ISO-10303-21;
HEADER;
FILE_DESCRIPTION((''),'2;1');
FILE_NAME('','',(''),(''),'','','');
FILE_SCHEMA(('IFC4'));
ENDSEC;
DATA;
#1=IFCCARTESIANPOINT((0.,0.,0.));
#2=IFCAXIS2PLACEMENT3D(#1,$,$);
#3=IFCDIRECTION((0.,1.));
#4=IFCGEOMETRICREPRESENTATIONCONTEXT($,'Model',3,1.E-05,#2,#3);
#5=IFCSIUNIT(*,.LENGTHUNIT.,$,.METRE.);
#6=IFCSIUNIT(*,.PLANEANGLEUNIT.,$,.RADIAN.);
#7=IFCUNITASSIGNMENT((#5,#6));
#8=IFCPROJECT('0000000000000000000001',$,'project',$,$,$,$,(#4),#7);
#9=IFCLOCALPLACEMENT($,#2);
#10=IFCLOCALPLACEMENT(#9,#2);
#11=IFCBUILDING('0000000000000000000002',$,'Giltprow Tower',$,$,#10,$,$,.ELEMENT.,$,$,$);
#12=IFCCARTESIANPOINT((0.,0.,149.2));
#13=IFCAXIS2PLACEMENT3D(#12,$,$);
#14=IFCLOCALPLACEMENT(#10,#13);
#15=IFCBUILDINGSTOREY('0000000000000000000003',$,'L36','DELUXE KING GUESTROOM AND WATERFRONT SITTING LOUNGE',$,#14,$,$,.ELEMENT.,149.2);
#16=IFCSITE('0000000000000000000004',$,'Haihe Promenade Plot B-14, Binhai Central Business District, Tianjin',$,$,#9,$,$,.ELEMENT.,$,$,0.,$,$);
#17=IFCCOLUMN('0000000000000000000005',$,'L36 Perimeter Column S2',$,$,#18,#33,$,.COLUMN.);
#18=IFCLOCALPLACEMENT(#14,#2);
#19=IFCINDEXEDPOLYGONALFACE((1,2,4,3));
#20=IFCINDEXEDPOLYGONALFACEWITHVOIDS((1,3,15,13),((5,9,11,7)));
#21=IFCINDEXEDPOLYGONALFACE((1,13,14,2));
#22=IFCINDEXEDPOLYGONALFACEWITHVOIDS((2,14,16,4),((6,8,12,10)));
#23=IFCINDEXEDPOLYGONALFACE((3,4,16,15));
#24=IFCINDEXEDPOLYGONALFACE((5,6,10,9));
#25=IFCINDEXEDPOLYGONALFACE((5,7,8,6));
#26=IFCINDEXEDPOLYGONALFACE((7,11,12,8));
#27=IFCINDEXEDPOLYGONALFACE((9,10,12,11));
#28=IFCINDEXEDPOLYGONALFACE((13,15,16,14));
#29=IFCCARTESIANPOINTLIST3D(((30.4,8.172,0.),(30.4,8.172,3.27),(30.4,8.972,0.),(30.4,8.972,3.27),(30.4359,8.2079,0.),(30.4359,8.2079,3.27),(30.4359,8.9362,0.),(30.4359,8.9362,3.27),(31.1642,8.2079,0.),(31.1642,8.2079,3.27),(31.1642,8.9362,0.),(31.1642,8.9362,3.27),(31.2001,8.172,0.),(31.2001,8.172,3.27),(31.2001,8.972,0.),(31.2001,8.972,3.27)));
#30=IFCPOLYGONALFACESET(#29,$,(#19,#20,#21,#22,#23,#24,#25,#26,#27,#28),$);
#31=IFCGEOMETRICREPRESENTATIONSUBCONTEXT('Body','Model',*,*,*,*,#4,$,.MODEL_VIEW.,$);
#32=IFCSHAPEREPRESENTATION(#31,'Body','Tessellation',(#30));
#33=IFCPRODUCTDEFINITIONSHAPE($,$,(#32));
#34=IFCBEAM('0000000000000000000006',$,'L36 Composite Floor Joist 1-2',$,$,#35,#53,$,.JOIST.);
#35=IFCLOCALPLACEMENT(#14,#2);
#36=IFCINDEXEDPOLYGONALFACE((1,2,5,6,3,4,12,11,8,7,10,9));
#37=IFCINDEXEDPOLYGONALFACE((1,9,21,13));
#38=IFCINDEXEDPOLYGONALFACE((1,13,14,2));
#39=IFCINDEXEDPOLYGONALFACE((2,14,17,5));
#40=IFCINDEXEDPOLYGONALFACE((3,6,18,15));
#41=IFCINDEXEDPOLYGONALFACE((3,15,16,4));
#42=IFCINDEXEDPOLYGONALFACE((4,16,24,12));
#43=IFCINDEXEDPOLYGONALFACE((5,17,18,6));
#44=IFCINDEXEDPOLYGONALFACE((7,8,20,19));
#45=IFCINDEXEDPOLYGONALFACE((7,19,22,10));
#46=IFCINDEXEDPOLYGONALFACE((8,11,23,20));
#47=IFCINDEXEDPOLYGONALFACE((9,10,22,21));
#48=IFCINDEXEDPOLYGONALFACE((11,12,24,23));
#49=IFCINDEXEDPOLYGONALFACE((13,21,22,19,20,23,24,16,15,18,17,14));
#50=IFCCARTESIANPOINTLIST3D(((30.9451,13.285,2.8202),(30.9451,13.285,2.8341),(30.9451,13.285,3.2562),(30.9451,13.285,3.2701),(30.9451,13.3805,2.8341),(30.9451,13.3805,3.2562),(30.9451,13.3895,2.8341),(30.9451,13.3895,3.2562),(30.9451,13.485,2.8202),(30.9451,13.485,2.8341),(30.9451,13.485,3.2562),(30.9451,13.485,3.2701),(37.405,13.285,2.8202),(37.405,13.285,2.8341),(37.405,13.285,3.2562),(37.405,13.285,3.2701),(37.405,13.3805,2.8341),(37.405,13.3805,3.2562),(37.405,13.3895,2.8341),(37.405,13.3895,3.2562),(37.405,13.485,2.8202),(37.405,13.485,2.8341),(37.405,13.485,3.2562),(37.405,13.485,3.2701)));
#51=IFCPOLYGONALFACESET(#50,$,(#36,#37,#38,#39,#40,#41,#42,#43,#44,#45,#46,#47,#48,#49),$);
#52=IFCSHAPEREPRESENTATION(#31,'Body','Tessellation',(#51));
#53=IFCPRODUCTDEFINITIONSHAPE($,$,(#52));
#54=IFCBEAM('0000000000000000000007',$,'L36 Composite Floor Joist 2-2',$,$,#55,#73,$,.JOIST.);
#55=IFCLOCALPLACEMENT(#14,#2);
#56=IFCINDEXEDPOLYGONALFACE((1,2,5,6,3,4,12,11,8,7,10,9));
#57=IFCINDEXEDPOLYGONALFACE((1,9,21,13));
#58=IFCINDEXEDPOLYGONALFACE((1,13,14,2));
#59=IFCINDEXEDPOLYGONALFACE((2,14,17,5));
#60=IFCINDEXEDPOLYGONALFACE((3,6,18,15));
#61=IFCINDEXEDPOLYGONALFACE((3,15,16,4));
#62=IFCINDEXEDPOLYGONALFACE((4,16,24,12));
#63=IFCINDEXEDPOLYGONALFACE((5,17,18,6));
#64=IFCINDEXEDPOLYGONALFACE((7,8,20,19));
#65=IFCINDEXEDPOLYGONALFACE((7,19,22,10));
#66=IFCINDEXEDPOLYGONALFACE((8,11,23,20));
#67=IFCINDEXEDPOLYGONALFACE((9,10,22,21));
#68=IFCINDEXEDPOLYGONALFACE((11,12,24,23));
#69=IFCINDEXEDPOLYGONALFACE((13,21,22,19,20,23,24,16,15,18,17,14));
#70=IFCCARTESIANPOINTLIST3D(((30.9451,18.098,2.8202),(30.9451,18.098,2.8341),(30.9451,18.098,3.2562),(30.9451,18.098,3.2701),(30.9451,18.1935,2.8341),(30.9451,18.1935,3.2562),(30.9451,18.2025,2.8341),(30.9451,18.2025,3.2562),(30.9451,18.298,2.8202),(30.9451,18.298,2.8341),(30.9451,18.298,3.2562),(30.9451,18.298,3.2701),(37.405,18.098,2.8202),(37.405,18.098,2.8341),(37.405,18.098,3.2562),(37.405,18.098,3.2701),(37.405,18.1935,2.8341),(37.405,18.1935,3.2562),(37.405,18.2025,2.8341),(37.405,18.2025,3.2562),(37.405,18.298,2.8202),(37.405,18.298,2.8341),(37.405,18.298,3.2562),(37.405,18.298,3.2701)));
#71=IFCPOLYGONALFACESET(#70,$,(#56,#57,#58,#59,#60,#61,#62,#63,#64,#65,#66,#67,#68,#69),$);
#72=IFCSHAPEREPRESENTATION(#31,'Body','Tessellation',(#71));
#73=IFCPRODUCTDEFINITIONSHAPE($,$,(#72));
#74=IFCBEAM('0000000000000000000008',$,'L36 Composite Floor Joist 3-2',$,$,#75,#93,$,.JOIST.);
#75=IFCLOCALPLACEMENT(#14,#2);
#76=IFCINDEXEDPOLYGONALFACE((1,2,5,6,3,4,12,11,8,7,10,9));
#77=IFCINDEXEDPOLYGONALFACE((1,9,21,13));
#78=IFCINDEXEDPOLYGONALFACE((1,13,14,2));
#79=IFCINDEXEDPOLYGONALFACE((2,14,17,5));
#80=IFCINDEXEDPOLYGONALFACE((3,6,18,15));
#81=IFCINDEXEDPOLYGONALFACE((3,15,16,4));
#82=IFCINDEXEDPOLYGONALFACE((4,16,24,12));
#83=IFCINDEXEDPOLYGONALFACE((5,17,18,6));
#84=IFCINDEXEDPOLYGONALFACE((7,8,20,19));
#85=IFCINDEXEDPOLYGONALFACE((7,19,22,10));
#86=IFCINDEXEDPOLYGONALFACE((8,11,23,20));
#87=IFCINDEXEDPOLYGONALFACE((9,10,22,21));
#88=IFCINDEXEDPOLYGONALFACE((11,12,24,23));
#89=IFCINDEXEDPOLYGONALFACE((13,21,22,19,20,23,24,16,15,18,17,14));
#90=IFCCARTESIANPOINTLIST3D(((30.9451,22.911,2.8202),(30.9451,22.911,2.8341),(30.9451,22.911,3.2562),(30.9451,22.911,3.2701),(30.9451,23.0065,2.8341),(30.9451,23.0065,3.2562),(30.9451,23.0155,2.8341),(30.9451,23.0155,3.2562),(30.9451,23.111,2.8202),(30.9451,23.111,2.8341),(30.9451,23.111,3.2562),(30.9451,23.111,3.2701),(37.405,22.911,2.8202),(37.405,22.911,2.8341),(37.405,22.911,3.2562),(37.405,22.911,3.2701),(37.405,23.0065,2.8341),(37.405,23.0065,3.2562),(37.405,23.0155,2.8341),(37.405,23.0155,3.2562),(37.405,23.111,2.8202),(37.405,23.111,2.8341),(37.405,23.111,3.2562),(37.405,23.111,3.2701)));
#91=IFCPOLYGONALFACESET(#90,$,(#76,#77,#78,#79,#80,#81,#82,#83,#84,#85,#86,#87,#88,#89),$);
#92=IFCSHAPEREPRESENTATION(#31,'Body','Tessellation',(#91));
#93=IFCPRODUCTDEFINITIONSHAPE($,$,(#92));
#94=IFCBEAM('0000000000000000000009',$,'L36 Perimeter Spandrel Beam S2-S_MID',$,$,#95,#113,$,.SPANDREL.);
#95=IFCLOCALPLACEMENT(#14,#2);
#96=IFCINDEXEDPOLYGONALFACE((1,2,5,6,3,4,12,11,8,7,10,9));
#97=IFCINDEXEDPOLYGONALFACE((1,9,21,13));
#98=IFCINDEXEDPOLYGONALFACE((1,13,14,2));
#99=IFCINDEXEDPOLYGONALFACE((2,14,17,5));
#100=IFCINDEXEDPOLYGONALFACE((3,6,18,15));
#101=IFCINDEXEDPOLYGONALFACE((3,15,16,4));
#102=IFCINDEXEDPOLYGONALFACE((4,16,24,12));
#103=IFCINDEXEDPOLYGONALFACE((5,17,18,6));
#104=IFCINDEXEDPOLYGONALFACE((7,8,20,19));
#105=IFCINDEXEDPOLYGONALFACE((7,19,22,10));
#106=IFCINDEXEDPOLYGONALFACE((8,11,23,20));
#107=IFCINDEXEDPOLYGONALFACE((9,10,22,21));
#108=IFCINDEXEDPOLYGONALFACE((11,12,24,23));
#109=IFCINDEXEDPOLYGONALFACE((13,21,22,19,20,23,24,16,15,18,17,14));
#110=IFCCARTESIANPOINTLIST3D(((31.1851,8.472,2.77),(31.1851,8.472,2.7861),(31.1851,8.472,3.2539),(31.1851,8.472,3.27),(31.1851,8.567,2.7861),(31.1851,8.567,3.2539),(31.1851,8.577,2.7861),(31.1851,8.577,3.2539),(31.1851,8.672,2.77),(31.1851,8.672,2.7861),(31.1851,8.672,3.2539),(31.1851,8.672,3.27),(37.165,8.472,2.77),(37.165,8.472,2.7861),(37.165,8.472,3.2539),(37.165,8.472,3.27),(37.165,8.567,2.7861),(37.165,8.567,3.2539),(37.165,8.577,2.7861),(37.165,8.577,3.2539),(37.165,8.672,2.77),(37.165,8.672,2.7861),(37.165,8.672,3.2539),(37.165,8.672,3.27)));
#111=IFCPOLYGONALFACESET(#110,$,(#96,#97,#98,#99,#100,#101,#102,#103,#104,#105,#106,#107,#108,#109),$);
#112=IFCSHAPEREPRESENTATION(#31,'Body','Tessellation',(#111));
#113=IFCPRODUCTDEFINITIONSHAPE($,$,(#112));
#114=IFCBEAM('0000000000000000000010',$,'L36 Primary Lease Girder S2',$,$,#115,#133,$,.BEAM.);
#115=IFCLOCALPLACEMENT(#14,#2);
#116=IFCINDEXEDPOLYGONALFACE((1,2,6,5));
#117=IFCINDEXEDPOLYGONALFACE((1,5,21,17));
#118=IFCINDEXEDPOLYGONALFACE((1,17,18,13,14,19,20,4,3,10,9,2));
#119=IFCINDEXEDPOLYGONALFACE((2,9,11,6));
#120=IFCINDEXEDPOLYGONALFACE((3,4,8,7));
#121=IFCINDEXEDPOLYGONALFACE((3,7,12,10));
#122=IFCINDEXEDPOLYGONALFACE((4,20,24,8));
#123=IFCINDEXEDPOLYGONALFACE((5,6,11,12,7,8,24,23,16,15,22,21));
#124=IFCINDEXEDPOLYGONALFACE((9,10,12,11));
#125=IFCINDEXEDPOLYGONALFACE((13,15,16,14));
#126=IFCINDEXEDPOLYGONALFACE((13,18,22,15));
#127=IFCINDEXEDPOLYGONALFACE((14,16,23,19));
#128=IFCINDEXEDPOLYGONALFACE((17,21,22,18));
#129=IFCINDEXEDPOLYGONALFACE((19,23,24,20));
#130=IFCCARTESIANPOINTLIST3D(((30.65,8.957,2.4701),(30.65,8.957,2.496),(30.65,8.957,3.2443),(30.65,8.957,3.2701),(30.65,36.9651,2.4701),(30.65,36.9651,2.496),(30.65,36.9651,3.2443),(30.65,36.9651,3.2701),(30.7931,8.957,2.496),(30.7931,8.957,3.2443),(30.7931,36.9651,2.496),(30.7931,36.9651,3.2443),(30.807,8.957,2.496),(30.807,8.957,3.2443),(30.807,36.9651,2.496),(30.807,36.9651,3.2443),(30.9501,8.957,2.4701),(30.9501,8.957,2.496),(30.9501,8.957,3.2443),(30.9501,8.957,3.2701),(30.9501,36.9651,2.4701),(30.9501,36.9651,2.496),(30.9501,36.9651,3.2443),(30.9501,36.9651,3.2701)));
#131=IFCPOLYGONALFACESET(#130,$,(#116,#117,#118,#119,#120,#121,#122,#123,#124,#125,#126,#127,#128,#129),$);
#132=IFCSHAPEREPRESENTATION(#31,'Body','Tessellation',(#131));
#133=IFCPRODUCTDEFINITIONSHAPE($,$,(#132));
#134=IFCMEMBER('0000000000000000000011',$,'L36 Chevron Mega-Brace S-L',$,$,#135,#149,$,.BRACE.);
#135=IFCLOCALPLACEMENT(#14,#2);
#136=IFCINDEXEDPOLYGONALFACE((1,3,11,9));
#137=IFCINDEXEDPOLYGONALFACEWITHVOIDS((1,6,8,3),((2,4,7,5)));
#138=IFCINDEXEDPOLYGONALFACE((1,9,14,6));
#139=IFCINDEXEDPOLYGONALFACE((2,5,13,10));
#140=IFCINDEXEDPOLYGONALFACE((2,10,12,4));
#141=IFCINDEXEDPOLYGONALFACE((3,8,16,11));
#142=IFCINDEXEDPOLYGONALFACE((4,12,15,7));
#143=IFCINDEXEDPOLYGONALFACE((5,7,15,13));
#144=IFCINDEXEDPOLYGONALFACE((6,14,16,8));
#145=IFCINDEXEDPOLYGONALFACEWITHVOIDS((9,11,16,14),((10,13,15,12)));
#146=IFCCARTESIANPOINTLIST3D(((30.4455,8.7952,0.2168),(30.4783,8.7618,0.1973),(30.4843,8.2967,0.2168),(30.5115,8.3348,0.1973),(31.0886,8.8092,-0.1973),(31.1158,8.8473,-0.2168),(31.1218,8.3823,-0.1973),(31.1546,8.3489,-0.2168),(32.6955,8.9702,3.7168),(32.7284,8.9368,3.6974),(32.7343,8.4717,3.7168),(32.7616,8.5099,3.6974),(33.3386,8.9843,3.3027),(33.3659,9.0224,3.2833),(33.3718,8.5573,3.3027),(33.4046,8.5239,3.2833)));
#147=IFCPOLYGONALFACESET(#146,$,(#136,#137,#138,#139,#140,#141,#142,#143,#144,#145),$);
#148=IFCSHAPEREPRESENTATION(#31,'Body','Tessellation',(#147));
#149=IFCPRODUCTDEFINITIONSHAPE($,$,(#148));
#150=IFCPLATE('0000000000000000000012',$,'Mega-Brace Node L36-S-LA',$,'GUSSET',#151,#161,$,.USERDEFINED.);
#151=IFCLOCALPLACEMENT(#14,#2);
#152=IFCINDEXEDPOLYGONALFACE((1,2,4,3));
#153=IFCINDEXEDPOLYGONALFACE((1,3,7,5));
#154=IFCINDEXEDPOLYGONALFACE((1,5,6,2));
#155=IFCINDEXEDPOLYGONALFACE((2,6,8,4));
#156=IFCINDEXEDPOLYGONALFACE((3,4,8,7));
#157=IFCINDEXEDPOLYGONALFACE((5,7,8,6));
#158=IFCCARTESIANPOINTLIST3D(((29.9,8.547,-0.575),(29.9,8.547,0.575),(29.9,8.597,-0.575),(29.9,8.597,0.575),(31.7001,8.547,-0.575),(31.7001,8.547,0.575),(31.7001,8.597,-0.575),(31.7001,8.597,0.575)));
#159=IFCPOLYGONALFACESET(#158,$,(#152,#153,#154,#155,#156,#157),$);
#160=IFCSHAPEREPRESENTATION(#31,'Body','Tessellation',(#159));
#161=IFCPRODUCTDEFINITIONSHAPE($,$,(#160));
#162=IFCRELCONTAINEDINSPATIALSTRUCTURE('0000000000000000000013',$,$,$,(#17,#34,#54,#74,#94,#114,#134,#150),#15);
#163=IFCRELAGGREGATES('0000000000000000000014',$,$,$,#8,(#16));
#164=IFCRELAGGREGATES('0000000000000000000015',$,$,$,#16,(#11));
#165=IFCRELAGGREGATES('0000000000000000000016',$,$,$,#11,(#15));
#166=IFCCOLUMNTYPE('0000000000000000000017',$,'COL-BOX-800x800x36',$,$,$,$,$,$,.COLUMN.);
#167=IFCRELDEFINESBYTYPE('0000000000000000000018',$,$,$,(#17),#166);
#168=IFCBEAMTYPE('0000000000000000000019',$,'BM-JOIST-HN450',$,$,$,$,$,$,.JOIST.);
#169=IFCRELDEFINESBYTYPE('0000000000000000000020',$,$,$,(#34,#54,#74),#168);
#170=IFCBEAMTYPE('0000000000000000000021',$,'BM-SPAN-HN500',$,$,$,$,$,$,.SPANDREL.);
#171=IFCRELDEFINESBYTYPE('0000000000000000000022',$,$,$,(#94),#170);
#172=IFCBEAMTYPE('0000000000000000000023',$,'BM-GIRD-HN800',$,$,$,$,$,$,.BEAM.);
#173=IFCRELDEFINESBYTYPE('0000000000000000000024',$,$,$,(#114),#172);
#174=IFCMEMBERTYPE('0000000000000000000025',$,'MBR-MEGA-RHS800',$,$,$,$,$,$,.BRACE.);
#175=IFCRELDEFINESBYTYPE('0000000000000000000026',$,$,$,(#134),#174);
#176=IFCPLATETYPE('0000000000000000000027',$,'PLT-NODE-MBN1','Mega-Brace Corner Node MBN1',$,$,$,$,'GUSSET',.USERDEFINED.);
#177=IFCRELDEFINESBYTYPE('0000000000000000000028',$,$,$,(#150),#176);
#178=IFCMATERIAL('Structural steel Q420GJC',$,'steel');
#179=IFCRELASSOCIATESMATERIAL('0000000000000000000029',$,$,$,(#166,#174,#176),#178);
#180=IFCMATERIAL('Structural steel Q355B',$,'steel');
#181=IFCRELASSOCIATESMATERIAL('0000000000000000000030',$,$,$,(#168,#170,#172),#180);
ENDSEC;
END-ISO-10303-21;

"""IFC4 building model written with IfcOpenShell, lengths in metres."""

from ifc_helpers import new_model, si_unit, direction, frame, origin, origin_2d, place, context, subcontext, project, spatial, rectangle, hollow_rectangle, i_section, extrude, source, transform, mapped, material, material_profile, profile_set, type_object, element, save


model = new_model("IFC4")

# Units and contexts
model_context = context("Model", 3, precision=1e-05, world=origin(), true_north=direction((0.0, 1.0)))
body_context = subcontext(model_context, "Body", "Model", "MODEL_VIEW")
ifc_project = project(units=[si_unit("LENGTHUNIT", "METRE"), si_unit("PLANEANGLEUNIT", "RADIAN")], contexts=[model_context])

# Site, building, storey
site_placement = place(None, origin())
site = spatial("IfcSite", under=ifc_project, at=site_placement, Name="Haihe Promenade Plot B-14, Binhai Central Business District, Tianjin", CompositionType="ELEMENT", RefElevation=0.0)
building_placement = place(site_placement, origin())
building = spatial("IfcBuilding", under=site, at=building_placement, Name="Giltprow Tower", CompositionType="ELEMENT")
storey_placement = place(building_placement, frame((0.0, 0.0, 149.2)))
storey = spatial("IfcBuildingStorey", under=building, at=storey_placement, Name="L36", Description="DELUXE KING GUESTROOM AND WATERFRONT SITTING LOUNGE", CompositionType="ELEMENT", Elevation=149.2)

# Column
ifc_material_1 = material(Name="Structural steel Q420GJC", Category="steel")
ifc_material_profile_1 = material_profile(ifc_material_1, hollow_rectangle(XDim=0.8, YDim=0.8, WallThickness=0.0359, at=origin_2d()), Name="BOX 800x800x36")
ifc_profile_set_1 = profile_set([ifc_material_profile_1], Name="Structural steel Q420GJC")
column_type = type_object("IfcColumnType", Name="COL-BOX-800x800x36", PredefinedType="COLUMN", material=ifc_profile_set_1)
shared_shape_1 = source(origin(), body_context, "Body", "SweptSolid", [
    extrude(hollow_rectangle(XDim=0.8, YDim=0.8, WallThickness=0.0359, at=origin_2d()), origin(), (0.0, 0.0, 1.0), 3.27),
])
column_placement = place(storey_placement, frame((30.8, 8.572, 0.0), z_axis=(0.0, 0.0, 1.0), x_axis=(1.0, 0.0, 0.0)))
element("IfcColumn", 1, at=column_placement, inside=storey, type_object=column_type, Name="L36 Perimeter Column S2", PredefinedType="COLUMN", context=body_context, shape_type="MappedRepresentation", body=[
    mapped(shared_shape_1, transform((0.0, 0.0, 0.0), x_axis=(1.0, 0.0, 0.0), y_axis=(0.0, 1.0, 0.0), z_axis=(0.0, 0.0, 1.0), scale=1.0)),
])

# Beams
ifc_material_2 = material(Name="Structural steel Q355B", Category="steel")
ifc_material_profile_2 = material_profile(ifc_material_2, i_section(OverallWidth=0.2, OverallDepth=0.45, WebThickness=0.009, FlangeThickness=0.0139, at=origin_2d()), Name="HN 450x200x9x14")
ifc_profile_set_2 = profile_set([ifc_material_profile_2], Name="Structural steel Q355B")
beam_type_1 = type_object("IfcBeamType", Name="BM-JOIST-HN450", PredefinedType="JOIST", material=ifc_profile_set_2)
shared_shape_2 = source(origin(), body_context, "Body", "SweptSolid", [
    extrude(i_section(OverallWidth=0.2, OverallDepth=0.45, WebThickness=0.009, FlangeThickness=0.0139, at=origin_2d()), origin(), (0.0, 0.0, 1.0), 6.46),
])
for number, where, z_axis, x_axis, name in (
    (2, (30.9451, 13.385, 3.0452), (1.0, 0.0, 0.0), (0.0, 1.0, 0.0), "L36 Composite Floor Joist 1-2"),
    (3, (30.9451, 18.198, 3.0452), (1.0, 0.0, 0.0), (0.0, 1.0, 0.0), "L36 Composite Floor Joist 2-2"),
    (4, (30.9451, 23.011, 3.0452), (1.0, 0.0, 0.0), (0.0, 1.0, 0.0), "L36 Composite Floor Joist 3-2"),
):
    element("IfcBeam", number, at=place(storey_placement, frame(where, z_axis=z_axis, x_axis=x_axis)), inside=storey, type_object=beam_type_1, Name=name, PredefinedType="JOIST", context=body_context, shape_type="MappedRepresentation", body=[
        mapped(shared_shape_2, transform((0.0, 0.0, 0.0), x_axis=(1.0, 0.0, 0.0), y_axis=(0.0, 1.0, 0.0), z_axis=(0.0, 0.0, 1.0), scale=1.0)),
    ])
ifc_material_profile_3 = material_profile(ifc_material_2, i_section(OverallWidth=0.2, OverallDepth=0.5, WebThickness=0.01, FlangeThickness=0.0161, at=origin_2d()), Name="HN 500x200x10x16")
ifc_profile_set_3 = profile_set([ifc_material_profile_3], Name="Structural steel Q355B")
beam_type_2 = type_object("IfcBeamType", Name="BM-SPAN-HN500", PredefinedType="SPANDREL", material=ifc_profile_set_3)
shared_shape_3 = source(origin(), body_context, "Body", "SweptSolid", [
    extrude(i_section(OverallWidth=0.2, OverallDepth=0.5, WebThickness=0.01, FlangeThickness=0.0161, at=origin_2d()), origin(), (0.0, 0.0, 1.0), 5.98),
])
beam_1_placement = place(storey_placement, frame((31.1851, 8.572, 3.02), z_axis=(1.0, 0.0, 0.0), x_axis=(0.0, 1.0, 0.0)))
element("IfcBeam", 5, at=beam_1_placement, inside=storey, type_object=beam_type_2, Name="L36 Perimeter Spandrel Beam S2-S_MID", PredefinedType="SPANDREL", context=body_context, shape_type="MappedRepresentation", body=[
    mapped(shared_shape_3, transform((0.0, 0.0, 0.0), x_axis=(1.0, 0.0, 0.0), y_axis=(0.0, 1.0, 0.0), z_axis=(0.0, 0.0, 1.0), scale=1.0)),
])
ifc_material_profile_4 = material_profile(ifc_material_2, i_section(OverallWidth=0.3, OverallDepth=0.8, WebThickness=0.0139, FlangeThickness=0.0259, at=origin_2d()), Name="HN 800x300x14x26")
ifc_profile_set_4 = profile_set([ifc_material_profile_4], Name="Structural steel Q355B")
beam_type_3 = type_object("IfcBeamType", Name="BM-GIRD-HN800", PredefinedType="BEAM", material=ifc_profile_set_4)
shared_shape_4 = source(origin(), body_context, "Body", "SweptSolid", [
    extrude(i_section(OverallWidth=0.3, OverallDepth=0.8, WebThickness=0.0139, FlangeThickness=0.0259, at=origin_2d()), origin(), (0.0, 0.0, 1.0), 28.0081),
])
beam_2_placement = place(storey_placement, frame((30.8, 8.957, 2.8701), z_axis=(0.0, 1.0, 0.0), x_axis=(-1.0, 0.0, 0.0)))
element("IfcBeam", 6, at=beam_2_placement, inside=storey, type_object=beam_type_3, Name="L36 Primary Lease Girder S2", PredefinedType="BEAM", context=body_context, shape_type="MappedRepresentation", body=[
    mapped(shared_shape_4, transform((0.0, 0.0, 0.0), x_axis=(1.0, 0.0, 0.0), y_axis=(0.0, 1.0, 0.0), z_axis=(0.0, 0.0, 1.0), scale=1.0)),
])

# Member
ifc_material_profile_5 = material_profile(ifc_material_1, hollow_rectangle(XDim=0.5, YDim=0.8, WallThickness=0.0359, at=origin_2d()), Name="RHS 800x500x36")
ifc_profile_set_5 = profile_set([ifc_material_profile_5], Name="Structural steel Q420GJC")
member_type = type_object("IfcMemberType", Name="MBR-MEGA-RHS800", PredefinedType="BRACE", material=ifc_profile_set_5)
shared_shape_5 = source(origin(), body_context, "Body", "SweptSolid", [
    extrude(hollow_rectangle(XDim=0.5, YDim=0.8, WallThickness=0.0359, at=origin_2d()), origin(), (0.0, 0.0, 1.0), 4.1646),
])
member_placement = place(storey_placement, frame((30.8, 8.572, 0.0), z_axis=(0.54028, 0.042033, 0.840435), x_axis=(-0.077565, 0.996987, 0.0)))
element("IfcMember", 7, at=member_placement, inside=storey, type_object=member_type, Name="L36 Chevron Mega-Brace S-L", PredefinedType="BRACE", context=body_context, shape_type="MappedRepresentation", body=[
    mapped(shared_shape_5, transform((0.0, 0.0, 0.0), x_axis=(1.0, 0.0, 0.0), y_axis=(0.0, 1.0, 0.0), z_axis=(0.0, 0.0, 1.0), scale=1.0)),
])

# Plate
plate_type = type_object("IfcPlateType", Name="PLT-NODE-MBN1", Description="Mega-Brace Corner Node MBN1", ElementType="GUSSET", PredefinedType="USERDEFINED", material=ifc_material_1)
shared_shape_6 = source(origin(), body_context, "Body", "SweptSolid", [
    extrude(rectangle(XDim=1.8, YDim=0.05, at=origin_2d()), origin(), (0.0, 0.0, 1.0), 1.1499),
])
plate_placement = place(storey_placement, frame((30.8, 8.572, -0.575), z_axis=(0.0, 0.0, 1.0), x_axis=(1.0, 0.0, 0.0)))
element("IfcPlate", 8, at=plate_placement, inside=storey, type_object=plate_type, Name="Mega-Brace Node L36-S-LA", ObjectType="GUSSET", PredefinedType="USERDEFINED", context=body_context, shape_type="MappedRepresentation", body=[
    mapped(shared_shape_6, transform((0.0, 0.0, 0.0), x_axis=(1.0, 0.0, 0.0), y_axis=(0.0, 1.0, 0.0), z_axis=(0.0, 0.0, 1.0), scale=1.0)),
])

save(model, "model.ifc")
